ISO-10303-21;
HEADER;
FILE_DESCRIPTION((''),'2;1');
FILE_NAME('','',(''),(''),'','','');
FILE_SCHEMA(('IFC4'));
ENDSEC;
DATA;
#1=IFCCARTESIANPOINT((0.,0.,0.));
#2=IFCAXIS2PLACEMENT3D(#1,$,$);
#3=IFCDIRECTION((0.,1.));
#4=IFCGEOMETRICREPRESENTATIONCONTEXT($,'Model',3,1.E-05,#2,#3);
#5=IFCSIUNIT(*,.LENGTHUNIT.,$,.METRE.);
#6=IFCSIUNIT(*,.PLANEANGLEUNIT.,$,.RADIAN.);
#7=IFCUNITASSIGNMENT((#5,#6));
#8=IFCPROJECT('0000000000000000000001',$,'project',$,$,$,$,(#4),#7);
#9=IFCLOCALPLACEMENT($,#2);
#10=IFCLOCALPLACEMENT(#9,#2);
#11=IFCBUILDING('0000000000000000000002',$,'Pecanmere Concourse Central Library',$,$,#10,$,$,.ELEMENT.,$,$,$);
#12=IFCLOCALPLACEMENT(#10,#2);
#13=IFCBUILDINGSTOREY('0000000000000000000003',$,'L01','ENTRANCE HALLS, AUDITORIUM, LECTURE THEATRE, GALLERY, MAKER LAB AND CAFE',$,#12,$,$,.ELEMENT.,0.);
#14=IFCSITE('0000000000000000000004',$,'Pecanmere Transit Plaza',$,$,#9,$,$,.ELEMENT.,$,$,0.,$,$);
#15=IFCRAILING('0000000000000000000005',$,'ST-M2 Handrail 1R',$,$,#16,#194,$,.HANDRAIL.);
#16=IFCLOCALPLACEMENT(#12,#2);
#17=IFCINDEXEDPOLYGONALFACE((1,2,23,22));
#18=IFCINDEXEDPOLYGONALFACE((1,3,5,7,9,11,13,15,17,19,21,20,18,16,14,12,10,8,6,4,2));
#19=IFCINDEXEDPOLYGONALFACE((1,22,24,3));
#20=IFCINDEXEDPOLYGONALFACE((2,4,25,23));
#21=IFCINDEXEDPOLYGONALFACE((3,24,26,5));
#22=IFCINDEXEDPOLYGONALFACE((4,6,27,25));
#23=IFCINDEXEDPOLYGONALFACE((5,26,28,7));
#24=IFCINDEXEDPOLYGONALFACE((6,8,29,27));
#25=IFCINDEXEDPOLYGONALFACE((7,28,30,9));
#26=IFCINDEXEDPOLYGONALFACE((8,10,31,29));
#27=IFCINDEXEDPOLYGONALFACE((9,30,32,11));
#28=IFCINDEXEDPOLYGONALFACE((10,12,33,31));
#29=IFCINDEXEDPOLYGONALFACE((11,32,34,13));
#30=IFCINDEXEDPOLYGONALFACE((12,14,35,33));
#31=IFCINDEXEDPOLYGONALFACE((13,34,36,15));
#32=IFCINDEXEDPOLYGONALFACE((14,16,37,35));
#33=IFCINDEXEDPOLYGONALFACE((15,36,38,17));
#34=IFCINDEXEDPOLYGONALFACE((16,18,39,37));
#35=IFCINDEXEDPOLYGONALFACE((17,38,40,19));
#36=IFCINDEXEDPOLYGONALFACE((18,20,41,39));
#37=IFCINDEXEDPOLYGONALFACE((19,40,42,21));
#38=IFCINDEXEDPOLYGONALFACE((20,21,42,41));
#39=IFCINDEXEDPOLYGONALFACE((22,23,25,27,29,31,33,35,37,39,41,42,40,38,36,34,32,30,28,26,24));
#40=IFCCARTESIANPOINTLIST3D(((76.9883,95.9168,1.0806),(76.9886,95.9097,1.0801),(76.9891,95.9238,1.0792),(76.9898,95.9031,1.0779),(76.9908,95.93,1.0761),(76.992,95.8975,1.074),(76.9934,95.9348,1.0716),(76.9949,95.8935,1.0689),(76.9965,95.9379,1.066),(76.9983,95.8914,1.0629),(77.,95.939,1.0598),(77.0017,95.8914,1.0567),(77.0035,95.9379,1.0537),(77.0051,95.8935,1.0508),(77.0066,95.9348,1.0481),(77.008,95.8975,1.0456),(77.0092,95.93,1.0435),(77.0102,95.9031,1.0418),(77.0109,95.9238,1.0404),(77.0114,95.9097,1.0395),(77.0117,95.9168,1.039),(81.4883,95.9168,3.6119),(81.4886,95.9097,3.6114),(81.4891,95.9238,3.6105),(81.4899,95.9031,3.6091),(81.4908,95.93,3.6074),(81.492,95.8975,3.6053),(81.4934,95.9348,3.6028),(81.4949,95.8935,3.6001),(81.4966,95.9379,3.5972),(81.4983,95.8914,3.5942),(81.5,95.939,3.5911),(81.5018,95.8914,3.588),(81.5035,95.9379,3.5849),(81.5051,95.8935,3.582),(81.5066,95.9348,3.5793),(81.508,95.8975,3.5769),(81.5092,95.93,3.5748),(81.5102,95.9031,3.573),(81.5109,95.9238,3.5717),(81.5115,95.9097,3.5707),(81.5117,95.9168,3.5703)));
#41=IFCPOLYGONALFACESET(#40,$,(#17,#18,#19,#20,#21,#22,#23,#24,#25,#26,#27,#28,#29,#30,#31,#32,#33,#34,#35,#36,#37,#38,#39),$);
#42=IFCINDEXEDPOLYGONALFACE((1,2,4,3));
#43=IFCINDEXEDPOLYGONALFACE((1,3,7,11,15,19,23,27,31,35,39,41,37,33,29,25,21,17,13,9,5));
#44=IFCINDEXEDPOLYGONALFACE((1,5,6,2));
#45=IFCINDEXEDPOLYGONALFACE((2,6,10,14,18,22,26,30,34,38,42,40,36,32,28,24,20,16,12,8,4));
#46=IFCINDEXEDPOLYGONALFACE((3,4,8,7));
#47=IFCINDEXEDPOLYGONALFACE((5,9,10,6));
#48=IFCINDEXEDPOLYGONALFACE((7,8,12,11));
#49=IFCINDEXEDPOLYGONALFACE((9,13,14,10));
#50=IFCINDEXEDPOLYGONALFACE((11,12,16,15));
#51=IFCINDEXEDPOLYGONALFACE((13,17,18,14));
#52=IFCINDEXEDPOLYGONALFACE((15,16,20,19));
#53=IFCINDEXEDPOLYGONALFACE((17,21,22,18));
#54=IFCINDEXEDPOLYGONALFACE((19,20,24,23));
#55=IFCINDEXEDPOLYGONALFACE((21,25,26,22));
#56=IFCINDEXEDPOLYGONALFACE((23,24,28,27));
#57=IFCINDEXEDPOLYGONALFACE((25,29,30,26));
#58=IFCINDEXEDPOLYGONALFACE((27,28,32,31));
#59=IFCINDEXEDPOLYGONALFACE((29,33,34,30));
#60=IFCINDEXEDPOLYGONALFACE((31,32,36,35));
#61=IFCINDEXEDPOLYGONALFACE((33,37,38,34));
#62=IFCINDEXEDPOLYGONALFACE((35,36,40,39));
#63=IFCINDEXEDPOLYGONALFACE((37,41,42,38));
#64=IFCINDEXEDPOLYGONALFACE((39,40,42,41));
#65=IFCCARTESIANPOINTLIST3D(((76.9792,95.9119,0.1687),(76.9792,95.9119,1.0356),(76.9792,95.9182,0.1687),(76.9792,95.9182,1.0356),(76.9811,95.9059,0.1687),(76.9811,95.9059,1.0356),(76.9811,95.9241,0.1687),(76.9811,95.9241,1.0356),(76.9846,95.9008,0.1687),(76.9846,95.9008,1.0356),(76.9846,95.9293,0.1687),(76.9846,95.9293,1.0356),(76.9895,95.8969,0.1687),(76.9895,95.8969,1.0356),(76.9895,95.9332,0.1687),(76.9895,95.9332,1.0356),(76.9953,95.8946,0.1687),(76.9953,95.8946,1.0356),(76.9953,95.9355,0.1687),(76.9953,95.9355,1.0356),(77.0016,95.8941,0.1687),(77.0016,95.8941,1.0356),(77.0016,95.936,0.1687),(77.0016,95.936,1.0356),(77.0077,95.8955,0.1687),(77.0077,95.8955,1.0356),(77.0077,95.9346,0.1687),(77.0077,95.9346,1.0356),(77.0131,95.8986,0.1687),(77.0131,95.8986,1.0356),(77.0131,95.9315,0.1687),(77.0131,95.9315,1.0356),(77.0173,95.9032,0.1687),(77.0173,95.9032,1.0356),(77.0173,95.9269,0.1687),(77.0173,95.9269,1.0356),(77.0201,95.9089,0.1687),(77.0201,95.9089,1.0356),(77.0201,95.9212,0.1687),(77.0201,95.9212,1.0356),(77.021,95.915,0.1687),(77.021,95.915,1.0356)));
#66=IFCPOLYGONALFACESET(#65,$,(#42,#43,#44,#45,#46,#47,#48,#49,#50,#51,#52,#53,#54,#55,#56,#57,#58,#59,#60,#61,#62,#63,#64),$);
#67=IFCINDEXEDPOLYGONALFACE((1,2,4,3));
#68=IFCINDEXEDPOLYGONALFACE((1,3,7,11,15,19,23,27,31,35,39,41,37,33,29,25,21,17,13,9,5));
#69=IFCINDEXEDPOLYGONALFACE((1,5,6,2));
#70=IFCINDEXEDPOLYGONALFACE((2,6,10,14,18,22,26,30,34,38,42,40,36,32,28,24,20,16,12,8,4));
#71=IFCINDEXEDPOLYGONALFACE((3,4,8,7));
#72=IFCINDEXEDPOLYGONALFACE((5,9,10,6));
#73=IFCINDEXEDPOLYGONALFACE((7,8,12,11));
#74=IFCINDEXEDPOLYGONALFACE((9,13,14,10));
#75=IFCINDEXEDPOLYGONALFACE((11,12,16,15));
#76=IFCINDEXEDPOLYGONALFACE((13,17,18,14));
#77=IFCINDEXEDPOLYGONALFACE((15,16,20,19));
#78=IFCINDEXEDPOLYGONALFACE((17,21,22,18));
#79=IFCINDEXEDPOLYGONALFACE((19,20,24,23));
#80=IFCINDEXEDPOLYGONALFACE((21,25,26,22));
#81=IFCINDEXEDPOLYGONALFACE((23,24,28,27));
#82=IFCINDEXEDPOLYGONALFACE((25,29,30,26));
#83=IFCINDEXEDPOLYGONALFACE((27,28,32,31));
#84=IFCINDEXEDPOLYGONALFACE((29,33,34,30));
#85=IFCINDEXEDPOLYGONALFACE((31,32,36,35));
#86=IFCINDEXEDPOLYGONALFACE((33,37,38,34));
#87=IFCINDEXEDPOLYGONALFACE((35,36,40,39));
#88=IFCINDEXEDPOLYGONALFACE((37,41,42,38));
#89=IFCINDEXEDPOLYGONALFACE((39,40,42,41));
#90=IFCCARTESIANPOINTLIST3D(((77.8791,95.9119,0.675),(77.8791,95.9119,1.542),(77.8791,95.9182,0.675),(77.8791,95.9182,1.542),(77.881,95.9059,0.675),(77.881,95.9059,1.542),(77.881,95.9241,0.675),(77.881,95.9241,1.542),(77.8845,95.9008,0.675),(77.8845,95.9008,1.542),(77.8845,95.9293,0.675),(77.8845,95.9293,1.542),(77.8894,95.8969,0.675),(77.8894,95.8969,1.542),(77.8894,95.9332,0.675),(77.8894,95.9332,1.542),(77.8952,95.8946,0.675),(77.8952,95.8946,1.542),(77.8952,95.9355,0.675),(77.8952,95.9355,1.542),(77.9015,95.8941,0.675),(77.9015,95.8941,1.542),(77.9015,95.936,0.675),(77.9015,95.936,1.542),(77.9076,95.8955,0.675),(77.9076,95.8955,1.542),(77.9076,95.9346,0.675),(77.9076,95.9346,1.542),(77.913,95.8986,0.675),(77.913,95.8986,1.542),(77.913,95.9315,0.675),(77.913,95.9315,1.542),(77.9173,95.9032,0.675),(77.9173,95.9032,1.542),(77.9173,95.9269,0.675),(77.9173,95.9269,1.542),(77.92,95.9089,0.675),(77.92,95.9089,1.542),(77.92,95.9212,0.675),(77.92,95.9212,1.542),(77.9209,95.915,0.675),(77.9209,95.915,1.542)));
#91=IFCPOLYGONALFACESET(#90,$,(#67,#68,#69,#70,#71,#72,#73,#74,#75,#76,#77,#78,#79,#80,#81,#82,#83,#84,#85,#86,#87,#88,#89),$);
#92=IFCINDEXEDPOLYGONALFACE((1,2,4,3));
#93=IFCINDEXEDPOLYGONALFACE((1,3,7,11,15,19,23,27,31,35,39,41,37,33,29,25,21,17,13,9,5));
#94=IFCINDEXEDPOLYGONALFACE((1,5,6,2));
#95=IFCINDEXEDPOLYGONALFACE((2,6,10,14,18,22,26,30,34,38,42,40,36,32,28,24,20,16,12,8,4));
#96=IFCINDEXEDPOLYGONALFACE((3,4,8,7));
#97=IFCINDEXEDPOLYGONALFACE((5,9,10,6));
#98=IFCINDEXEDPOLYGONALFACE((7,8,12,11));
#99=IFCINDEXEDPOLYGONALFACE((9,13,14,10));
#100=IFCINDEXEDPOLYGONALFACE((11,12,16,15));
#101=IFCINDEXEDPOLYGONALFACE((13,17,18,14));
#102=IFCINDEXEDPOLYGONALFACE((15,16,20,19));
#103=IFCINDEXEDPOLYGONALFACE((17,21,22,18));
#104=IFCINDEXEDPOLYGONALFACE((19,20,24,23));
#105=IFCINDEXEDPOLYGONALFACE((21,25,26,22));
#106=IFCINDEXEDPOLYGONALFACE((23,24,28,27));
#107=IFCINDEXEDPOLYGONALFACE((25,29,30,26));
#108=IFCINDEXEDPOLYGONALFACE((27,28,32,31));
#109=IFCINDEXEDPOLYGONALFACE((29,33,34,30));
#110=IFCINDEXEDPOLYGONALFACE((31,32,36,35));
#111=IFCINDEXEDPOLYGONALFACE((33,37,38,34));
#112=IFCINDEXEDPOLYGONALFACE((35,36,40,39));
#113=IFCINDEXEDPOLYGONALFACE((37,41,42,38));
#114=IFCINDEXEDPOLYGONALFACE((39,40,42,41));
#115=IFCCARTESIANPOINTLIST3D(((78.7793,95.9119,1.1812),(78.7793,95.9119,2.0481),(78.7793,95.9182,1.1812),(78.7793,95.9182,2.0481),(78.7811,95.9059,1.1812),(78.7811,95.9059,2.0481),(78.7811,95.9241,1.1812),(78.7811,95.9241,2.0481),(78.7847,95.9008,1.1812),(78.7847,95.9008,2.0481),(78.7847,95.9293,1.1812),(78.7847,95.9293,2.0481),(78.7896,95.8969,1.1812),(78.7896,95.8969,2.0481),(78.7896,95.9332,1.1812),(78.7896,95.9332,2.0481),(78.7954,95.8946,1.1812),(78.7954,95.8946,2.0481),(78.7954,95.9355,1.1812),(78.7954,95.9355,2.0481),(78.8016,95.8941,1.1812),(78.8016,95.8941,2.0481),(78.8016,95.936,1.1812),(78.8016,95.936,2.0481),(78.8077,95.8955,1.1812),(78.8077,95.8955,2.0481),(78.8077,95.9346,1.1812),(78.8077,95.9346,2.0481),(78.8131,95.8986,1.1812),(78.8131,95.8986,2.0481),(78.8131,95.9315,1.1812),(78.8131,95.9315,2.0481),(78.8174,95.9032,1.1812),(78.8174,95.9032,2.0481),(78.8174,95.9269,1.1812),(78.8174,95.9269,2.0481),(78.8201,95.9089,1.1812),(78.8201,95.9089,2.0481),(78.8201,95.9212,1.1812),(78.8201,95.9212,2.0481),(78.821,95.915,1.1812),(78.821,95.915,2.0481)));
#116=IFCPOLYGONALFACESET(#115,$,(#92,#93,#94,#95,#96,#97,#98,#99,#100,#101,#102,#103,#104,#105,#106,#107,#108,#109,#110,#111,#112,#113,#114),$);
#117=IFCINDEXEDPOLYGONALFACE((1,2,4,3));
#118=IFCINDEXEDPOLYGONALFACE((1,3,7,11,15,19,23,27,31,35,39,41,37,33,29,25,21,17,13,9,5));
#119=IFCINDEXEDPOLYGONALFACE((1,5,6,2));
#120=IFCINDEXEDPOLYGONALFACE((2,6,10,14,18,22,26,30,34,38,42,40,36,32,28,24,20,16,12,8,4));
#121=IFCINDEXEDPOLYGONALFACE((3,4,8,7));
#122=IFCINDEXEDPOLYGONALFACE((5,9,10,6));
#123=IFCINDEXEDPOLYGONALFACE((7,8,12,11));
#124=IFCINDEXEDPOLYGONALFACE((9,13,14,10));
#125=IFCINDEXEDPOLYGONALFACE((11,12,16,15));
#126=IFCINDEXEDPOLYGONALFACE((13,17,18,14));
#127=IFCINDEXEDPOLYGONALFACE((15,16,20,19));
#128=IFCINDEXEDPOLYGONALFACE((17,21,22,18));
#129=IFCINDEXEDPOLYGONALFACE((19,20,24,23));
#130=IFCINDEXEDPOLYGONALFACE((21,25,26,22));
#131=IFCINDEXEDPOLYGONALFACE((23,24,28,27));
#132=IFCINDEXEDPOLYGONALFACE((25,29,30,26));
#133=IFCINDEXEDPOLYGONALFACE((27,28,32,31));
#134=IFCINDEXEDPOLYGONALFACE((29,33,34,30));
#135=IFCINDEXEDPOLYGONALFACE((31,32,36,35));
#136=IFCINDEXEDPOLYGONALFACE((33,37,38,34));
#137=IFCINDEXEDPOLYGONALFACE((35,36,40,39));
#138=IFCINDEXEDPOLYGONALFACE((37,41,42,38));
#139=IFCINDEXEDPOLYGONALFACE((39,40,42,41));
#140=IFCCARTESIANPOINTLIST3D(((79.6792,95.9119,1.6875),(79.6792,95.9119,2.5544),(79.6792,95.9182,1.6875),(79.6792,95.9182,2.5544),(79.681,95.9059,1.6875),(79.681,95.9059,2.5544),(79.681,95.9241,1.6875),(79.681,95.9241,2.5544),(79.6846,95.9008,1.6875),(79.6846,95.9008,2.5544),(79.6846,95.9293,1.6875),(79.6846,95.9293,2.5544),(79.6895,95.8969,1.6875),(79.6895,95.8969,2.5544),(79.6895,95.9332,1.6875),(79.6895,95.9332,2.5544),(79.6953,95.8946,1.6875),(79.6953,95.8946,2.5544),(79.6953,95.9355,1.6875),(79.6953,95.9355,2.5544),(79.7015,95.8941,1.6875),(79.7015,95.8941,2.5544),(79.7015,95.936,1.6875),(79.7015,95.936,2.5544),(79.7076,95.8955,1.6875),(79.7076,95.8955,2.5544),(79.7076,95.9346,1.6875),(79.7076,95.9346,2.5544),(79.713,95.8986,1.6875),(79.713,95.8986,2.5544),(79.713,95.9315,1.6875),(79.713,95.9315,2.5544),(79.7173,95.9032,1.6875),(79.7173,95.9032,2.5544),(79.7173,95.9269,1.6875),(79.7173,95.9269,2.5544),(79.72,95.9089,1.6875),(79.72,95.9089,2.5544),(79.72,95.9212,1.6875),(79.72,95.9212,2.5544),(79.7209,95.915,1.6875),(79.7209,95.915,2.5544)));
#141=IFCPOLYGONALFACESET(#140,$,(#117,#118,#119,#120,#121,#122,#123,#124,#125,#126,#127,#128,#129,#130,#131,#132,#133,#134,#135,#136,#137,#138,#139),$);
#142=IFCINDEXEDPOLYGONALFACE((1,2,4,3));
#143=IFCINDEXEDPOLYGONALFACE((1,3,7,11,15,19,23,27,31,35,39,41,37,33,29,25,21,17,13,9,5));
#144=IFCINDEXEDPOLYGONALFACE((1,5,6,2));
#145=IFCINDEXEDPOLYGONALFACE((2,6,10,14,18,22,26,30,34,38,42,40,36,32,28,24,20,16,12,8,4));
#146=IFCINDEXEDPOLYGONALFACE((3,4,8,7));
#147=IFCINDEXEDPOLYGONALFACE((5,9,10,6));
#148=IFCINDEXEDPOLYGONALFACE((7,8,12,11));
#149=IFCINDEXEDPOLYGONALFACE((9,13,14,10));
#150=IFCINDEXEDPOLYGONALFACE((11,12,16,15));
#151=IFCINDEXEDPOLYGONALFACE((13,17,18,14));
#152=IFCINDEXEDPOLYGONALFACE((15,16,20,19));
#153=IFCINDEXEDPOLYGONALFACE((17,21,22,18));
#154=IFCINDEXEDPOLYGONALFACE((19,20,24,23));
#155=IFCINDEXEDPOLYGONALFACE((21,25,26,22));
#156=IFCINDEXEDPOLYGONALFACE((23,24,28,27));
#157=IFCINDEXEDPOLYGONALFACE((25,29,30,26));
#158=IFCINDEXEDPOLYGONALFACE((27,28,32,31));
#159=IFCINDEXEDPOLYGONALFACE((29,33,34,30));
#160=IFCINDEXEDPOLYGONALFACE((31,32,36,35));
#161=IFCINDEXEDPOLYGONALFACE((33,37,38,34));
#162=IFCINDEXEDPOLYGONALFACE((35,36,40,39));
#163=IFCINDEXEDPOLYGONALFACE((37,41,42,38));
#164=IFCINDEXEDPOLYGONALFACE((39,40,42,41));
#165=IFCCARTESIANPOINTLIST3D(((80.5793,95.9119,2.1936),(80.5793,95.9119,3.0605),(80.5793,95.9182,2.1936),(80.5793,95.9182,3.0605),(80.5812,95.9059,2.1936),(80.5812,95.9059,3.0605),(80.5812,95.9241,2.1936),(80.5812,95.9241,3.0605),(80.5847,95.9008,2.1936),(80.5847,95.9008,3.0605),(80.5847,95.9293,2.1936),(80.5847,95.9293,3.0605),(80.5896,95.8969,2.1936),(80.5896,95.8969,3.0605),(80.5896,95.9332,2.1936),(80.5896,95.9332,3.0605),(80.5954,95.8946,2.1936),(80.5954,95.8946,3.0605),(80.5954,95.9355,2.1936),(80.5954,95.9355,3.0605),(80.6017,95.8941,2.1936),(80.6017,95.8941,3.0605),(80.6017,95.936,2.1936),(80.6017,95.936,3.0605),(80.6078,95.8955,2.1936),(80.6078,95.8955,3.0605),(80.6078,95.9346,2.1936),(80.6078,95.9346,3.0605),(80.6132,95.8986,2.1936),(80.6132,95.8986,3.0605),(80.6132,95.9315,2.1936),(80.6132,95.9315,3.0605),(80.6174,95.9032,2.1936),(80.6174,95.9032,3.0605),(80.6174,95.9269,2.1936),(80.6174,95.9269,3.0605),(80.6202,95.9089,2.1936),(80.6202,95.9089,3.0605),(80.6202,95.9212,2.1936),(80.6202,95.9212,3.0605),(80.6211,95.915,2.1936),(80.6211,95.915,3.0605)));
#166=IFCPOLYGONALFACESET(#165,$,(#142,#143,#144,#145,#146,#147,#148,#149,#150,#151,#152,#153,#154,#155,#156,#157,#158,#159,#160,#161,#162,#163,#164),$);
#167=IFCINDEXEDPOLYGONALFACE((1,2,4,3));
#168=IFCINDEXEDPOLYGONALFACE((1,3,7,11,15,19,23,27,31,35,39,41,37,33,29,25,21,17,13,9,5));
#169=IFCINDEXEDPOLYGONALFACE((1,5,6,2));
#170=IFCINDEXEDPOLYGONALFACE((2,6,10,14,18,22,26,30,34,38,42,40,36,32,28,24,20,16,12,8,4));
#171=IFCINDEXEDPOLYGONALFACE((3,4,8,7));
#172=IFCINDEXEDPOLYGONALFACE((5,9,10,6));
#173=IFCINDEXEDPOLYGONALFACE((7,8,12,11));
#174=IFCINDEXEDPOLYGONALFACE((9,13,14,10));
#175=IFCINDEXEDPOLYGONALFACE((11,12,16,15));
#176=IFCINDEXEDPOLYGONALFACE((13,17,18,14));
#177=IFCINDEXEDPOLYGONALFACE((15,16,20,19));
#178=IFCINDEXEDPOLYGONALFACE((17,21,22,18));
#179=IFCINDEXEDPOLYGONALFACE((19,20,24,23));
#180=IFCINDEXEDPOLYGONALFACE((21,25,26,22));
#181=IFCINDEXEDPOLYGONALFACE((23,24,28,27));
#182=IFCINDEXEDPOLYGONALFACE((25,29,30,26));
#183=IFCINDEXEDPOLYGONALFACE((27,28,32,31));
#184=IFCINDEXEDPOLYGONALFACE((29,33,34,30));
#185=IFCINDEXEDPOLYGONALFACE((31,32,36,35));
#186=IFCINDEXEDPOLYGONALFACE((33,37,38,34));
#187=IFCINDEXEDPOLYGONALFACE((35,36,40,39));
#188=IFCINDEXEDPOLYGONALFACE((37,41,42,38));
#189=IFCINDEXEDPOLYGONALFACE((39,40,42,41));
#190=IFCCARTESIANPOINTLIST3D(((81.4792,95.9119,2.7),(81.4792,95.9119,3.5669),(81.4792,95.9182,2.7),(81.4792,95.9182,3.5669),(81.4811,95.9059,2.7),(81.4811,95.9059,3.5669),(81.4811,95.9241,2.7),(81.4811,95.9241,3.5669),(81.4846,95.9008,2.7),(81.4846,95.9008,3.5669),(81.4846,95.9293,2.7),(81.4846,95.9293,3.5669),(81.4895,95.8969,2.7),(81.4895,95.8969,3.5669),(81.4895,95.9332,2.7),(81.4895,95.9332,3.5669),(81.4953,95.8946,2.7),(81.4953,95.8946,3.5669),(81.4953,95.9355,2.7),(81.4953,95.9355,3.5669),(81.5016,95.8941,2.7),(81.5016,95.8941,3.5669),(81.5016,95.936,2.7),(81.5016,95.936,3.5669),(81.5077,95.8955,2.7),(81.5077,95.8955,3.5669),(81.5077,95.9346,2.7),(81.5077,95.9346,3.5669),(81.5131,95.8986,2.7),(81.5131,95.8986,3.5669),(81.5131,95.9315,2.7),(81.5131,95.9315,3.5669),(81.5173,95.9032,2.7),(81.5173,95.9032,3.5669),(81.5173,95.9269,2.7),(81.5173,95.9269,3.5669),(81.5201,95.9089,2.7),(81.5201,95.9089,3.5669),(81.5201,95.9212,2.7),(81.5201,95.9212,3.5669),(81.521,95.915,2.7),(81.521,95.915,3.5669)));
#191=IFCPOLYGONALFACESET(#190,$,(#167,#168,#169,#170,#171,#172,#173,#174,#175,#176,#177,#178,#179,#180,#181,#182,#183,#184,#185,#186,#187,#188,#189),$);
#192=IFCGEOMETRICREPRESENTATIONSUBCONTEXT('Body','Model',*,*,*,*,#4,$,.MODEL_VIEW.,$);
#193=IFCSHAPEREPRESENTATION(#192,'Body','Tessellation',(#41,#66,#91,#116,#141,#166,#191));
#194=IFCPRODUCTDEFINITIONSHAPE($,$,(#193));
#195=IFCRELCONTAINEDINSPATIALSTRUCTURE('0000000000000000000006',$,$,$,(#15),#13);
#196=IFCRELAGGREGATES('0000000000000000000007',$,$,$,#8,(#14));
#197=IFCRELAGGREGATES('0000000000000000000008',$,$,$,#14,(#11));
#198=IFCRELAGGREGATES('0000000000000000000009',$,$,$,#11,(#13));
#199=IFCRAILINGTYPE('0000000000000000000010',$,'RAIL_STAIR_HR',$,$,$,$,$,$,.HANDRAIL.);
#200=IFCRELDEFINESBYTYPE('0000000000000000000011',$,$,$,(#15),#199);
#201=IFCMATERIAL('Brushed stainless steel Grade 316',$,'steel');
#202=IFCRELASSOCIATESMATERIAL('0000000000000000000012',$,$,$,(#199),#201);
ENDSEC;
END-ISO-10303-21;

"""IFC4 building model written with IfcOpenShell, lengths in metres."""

from ifc_helpers import new_model, si_unit, direction, frame, origin, origin_2d, place, context, subcontext, project, spatial, circle, extrude, material, type_object, element, save


model = new_model("IFC4")

# Units and contexts
model_context = context("Model", 3, precision=1e-05, world=origin(), true_north=direction((0.0, 1.0)))
body_context = subcontext(model_context, "Body", "Model", "MODEL_VIEW")
ifc_project = project(units=[si_unit("LENGTHUNIT", "METRE"), si_unit("PLANEANGLEUNIT", "RADIAN")], contexts=[model_context])

# Site, building, storey
site_placement = place(None, origin())
site = spatial("IfcSite", under=ifc_project, at=site_placement, Name="Pecanmere Transit Plaza", CompositionType="ELEMENT", RefElevation=0.0)
building_placement = place(site_placement, origin())
building = spatial("IfcBuilding", under=site, at=building_placement, Name="Pecanmere Concourse Central Library", CompositionType="ELEMENT")
storey_placement = place(building_placement, origin())
storey = spatial("IfcBuildingStorey", under=building, at=storey_placement, Name="L01", Description="ENTRANCE HALLS, AUDITORIUM, LECTURE THEATRE, GALLERY, MAKER LAB AND CAFE", CompositionType="ELEMENT", Elevation=0.0)

# Railing
ifc_material_1 = material(Name="Brushed stainless steel Grade 316", Category="steel")
railing_type_1 = type_object("IfcRailingType", Name="RAIL_STAIR_HR", PredefinedType="HANDRAIL", material=ifc_material_1)
for number, where, name in (
    (1, (77.0, 95.915, 0.1687), "ST-M2 Handrail 1R"),
):
    element("IfcRailing", number, at=place(storey_placement, frame(where)), inside=storey, type_object=railing_type_1, Name=name, PredefinedType="HANDRAIL", context=body_context, shape_type="SweptSolid", body=[
        extrude(circle(Radius=0.0239, at=origin_2d()), frame((0.0, 0.0, 0.8911), z_axis=(0.871576, 0.0, 0.490261), x_axis=(0.0, 1.0, 0.0)), (0.0, 0.0, 1.0), 5.1631),
        extrude(circle(Radius=0.021, at=origin_2d()), origin(), (0.0, 0.0, 1.0), 0.8669),
        extrude(circle(Radius=0.021, at=origin_2d()), frame((0.8999, 0.0, 0.5063)), (0.0, 0.0, 1.0), 0.8669),
        extrude(circle(Radius=0.021, at=origin_2d()), frame((1.8, 0.0, 1.0125)), (0.0, 0.0, 1.0), 0.8669),
        extrude(circle(Radius=0.021, at=origin_2d()), frame((2.7, 0.0, 1.5188)), (0.0, 0.0, 1.0), 0.8669),
        extrude(circle(Radius=0.021, at=origin_2d()), frame((3.6001, 0.0, 2.0249)), (0.0, 0.0, 1.0), 0.8669),
        extrude(circle(Radius=0.021, at=origin_2d()), frame((4.5, 0.0, 2.5312)), (0.0, 0.0, 1.0), 0.8669),
    ])

save(model, "model.ifc")
